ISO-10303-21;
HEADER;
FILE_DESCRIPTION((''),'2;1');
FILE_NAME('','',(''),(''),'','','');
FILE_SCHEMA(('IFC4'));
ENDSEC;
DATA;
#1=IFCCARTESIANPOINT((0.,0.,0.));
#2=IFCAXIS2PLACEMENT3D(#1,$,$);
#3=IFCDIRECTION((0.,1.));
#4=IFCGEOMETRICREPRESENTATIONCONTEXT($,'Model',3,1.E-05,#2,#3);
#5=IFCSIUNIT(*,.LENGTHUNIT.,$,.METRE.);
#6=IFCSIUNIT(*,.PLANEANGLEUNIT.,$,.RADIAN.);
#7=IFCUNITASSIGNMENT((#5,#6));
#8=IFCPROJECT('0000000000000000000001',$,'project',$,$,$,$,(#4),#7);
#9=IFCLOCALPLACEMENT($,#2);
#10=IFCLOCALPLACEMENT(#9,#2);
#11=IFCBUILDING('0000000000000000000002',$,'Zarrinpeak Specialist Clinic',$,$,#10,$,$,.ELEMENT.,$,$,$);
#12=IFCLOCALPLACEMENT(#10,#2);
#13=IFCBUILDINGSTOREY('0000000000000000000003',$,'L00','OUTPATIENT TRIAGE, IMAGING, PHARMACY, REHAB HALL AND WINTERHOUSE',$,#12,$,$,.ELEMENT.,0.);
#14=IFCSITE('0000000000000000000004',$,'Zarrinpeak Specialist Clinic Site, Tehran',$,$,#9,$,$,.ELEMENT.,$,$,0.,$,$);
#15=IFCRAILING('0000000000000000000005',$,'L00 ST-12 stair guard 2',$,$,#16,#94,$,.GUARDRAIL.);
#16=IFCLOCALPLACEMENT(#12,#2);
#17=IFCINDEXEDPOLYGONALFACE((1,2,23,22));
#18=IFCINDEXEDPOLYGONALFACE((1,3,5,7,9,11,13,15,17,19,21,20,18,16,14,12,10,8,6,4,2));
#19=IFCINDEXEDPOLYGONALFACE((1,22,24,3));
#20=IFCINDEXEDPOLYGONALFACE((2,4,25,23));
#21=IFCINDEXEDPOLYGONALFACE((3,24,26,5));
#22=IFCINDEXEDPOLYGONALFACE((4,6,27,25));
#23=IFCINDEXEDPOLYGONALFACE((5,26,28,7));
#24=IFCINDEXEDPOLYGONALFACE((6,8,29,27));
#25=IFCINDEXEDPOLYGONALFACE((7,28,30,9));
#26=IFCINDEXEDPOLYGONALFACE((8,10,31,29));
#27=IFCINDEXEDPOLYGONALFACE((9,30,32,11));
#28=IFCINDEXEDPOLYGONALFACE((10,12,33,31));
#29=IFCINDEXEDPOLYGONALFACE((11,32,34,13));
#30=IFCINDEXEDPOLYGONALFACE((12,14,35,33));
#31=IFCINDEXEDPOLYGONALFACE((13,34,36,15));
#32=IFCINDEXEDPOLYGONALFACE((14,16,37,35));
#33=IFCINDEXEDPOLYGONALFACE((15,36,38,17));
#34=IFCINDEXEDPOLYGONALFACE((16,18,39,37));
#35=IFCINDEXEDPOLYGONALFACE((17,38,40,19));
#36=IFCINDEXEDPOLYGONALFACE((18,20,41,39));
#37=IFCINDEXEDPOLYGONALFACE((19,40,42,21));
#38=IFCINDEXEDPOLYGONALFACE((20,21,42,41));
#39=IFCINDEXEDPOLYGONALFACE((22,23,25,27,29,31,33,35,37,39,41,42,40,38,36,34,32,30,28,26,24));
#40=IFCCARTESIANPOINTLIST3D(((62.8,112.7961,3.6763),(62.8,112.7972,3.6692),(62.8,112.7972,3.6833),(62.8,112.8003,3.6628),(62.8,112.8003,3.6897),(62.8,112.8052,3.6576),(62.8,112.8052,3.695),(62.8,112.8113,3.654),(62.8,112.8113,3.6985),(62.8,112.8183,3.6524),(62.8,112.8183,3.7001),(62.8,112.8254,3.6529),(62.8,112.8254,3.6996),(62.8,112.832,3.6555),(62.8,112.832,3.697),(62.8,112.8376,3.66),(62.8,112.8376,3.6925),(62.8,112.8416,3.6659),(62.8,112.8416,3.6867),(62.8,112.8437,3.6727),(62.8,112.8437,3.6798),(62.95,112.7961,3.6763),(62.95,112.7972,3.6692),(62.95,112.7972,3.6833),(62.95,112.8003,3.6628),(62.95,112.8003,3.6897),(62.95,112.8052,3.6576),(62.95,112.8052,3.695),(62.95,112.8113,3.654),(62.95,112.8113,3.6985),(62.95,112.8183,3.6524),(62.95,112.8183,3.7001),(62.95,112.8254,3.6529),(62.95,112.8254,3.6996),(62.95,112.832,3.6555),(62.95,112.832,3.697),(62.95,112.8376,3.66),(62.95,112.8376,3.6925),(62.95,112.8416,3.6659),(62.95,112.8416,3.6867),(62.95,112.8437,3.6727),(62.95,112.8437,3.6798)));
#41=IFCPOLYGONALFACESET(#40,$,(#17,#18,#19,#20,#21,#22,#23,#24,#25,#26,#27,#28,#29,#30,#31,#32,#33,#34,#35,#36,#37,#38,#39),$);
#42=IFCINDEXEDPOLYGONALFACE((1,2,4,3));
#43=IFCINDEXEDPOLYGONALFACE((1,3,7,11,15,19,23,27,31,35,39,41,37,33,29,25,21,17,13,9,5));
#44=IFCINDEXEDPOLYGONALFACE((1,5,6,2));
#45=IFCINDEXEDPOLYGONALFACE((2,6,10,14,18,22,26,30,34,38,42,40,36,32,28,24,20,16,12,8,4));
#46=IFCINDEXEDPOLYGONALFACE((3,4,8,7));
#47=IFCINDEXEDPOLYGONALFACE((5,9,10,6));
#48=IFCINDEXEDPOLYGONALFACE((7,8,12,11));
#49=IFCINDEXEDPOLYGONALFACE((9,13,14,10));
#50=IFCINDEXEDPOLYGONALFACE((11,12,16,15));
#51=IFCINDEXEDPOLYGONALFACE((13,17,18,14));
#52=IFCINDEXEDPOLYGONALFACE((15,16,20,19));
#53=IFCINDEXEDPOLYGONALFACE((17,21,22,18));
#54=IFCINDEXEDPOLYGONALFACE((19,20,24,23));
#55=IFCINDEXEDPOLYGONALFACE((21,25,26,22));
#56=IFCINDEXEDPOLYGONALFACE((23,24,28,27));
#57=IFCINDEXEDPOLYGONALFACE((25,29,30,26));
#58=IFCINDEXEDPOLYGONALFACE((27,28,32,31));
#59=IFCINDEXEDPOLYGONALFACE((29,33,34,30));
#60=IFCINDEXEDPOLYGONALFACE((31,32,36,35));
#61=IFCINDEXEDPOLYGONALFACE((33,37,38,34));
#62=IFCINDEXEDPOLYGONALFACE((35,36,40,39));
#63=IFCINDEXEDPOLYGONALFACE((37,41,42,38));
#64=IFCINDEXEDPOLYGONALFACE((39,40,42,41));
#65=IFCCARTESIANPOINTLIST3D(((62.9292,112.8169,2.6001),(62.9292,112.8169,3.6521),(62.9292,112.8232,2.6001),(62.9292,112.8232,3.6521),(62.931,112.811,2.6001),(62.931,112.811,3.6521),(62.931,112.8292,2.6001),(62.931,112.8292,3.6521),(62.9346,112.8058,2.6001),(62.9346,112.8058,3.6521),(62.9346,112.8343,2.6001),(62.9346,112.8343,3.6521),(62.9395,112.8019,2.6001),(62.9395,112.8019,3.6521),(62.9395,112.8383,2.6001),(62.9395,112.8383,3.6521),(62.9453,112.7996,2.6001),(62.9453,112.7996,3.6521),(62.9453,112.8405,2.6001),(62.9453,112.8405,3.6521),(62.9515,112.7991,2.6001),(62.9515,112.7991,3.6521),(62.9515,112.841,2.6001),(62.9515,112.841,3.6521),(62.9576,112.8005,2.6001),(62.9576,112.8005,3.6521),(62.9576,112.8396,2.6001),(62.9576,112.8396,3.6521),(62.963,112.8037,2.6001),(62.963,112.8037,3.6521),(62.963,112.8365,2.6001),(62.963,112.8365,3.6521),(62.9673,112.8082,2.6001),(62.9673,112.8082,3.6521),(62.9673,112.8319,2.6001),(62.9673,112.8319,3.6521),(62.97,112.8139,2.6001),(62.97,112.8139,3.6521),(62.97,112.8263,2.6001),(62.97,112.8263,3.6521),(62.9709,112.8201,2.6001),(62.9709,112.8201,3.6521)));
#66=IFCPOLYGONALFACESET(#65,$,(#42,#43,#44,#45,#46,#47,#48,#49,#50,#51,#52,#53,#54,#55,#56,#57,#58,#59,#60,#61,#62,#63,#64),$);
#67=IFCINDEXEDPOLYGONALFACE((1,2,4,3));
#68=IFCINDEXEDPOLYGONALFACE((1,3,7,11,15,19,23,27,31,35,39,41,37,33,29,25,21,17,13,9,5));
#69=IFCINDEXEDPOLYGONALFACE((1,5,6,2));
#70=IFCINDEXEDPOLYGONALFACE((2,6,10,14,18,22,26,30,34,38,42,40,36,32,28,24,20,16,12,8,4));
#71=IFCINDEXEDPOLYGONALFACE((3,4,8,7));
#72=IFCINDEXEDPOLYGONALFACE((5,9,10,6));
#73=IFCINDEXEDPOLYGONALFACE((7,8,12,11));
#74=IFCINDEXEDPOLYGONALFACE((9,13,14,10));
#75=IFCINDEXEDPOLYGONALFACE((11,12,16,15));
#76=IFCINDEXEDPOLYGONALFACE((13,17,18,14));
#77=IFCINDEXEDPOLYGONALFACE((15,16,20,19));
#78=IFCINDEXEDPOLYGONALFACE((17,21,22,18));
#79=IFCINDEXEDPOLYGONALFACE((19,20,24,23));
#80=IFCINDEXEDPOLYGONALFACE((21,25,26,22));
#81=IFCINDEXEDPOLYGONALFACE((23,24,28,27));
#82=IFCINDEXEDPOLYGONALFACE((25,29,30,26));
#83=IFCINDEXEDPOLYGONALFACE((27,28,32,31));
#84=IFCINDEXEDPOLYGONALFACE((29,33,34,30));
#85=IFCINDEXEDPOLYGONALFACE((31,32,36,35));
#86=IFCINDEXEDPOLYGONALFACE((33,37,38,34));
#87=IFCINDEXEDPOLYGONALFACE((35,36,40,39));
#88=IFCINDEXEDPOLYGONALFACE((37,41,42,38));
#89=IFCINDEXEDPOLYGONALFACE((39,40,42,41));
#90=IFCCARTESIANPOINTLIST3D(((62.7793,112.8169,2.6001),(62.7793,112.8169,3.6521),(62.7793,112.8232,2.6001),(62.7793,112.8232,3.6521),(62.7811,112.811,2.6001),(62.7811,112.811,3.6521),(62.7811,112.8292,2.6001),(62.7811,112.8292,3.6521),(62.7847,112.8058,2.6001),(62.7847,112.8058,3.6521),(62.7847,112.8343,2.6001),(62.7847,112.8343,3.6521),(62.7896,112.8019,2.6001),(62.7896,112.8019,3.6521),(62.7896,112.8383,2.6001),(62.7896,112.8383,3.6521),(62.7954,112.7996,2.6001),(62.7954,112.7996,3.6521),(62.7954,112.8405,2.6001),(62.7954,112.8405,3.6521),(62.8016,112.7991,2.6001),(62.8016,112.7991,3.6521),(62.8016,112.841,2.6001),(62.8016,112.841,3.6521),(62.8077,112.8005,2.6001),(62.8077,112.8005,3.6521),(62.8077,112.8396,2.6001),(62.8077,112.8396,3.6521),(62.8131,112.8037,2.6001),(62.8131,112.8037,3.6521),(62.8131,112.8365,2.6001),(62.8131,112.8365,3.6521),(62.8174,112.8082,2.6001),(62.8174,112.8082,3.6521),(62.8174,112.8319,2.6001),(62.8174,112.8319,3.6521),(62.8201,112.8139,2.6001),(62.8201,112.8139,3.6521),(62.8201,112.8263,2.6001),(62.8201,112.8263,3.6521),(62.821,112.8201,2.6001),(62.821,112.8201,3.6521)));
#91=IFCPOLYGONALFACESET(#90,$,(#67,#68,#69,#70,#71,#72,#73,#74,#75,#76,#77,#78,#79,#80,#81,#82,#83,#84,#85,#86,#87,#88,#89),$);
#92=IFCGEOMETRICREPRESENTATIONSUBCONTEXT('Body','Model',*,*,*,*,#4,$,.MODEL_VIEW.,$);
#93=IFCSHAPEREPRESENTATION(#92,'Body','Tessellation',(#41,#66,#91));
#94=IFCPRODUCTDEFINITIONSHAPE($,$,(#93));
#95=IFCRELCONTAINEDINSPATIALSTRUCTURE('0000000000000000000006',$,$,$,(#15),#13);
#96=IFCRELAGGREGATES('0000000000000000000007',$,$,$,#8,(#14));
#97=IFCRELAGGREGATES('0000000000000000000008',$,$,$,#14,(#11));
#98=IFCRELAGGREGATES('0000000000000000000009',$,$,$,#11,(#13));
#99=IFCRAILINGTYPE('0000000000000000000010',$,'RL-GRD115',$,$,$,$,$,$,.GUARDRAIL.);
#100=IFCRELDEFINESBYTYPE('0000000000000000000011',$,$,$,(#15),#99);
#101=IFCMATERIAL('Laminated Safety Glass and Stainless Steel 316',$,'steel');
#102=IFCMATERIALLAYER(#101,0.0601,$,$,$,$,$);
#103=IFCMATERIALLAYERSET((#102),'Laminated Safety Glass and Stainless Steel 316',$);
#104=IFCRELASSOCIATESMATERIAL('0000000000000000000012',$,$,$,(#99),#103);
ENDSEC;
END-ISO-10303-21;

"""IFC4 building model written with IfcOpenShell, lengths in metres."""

from ifc_helpers import new_model, si_unit, direction, frame, origin, origin_2d, place, context, subcontext, project, spatial, circle, extrude, material, layer, layer_set, type_object, element, save


model = new_model("IFC4")

# Units and contexts
model_context = context("Model", 3, precision=1e-05, world=origin(), true_north=direction((0.0, 1.0)))
body_context = subcontext(model_context, "Body", "Model", "MODEL_VIEW")
ifc_project = project(units=[si_unit("LENGTHUNIT", "METRE"), si_unit("PLANEANGLEUNIT", "RADIAN")], contexts=[model_context])

# Site, building, storey
site_placement = place(None, origin())
site = spatial("IfcSite", under=ifc_project, at=site_placement, Name="Zarrinpeak Specialist Clinic Site, Tehran", CompositionType="ELEMENT", RefElevation=0.0)
building_placement = place(site_placement, origin())
building = spatial("IfcBuilding", under=site, at=building_placement, Name="Zarrinpeak Specialist Clinic", CompositionType="ELEMENT")
storey_placement = place(building_placement, origin())
storey = spatial("IfcBuildingStorey", under=building, at=storey_placement, Name="L00", Description="OUTPATIENT TRIAGE, IMAGING, PHARMACY, REHAB HALL AND WINTERHOUSE", CompositionType="ELEMENT", Elevation=0.0)

# Railing
ifc_material_1 = material(Name="Laminated Safety Glass and Stainless Steel 316", Category="steel")
ifc_layer_1 = layer(ifc_material_1, 0.0601)
ifc_layer_set_1 = layer_set([ifc_layer_1], Name="Laminated Safety Glass and Stainless Steel 316")
railing_type_1 = type_object("IfcRailingType", Name="RL-GRD115", PredefinedType="GUARDRAIL", material=ifc_layer_set_1)
railing_1_placement = place(storey_placement, frame((62.95, 112.8201, 2.6001)))
element("IfcRailing", 1, at=railing_1_placement, inside=storey, type_object=railing_type_1, Name="L00 ST-12 stair guard 2", PredefinedType="GUARDRAIL", context=body_context, shape_type="SweptSolid", body=[
    extrude(circle(Radius=0.0239, at=origin_2d()), frame((0.0, 0.0, 1.0762), z_axis=(-1.0, 0.0, 0.0), x_axis=(0.0, -1.0, 0.0)), (0.0, 0.0, 1.0), 0.1499),
    extrude(circle(Radius=0.021, at=origin_2d()), origin(), (0.0, 0.0, 1.0), 1.052),
    extrude(circle(Radius=0.021, at=origin_2d()), frame((-0.1499, 0.0, 0.0)), (0.0, 0.0, 1.0), 1.052),
])

save(model, "model.ifc")
